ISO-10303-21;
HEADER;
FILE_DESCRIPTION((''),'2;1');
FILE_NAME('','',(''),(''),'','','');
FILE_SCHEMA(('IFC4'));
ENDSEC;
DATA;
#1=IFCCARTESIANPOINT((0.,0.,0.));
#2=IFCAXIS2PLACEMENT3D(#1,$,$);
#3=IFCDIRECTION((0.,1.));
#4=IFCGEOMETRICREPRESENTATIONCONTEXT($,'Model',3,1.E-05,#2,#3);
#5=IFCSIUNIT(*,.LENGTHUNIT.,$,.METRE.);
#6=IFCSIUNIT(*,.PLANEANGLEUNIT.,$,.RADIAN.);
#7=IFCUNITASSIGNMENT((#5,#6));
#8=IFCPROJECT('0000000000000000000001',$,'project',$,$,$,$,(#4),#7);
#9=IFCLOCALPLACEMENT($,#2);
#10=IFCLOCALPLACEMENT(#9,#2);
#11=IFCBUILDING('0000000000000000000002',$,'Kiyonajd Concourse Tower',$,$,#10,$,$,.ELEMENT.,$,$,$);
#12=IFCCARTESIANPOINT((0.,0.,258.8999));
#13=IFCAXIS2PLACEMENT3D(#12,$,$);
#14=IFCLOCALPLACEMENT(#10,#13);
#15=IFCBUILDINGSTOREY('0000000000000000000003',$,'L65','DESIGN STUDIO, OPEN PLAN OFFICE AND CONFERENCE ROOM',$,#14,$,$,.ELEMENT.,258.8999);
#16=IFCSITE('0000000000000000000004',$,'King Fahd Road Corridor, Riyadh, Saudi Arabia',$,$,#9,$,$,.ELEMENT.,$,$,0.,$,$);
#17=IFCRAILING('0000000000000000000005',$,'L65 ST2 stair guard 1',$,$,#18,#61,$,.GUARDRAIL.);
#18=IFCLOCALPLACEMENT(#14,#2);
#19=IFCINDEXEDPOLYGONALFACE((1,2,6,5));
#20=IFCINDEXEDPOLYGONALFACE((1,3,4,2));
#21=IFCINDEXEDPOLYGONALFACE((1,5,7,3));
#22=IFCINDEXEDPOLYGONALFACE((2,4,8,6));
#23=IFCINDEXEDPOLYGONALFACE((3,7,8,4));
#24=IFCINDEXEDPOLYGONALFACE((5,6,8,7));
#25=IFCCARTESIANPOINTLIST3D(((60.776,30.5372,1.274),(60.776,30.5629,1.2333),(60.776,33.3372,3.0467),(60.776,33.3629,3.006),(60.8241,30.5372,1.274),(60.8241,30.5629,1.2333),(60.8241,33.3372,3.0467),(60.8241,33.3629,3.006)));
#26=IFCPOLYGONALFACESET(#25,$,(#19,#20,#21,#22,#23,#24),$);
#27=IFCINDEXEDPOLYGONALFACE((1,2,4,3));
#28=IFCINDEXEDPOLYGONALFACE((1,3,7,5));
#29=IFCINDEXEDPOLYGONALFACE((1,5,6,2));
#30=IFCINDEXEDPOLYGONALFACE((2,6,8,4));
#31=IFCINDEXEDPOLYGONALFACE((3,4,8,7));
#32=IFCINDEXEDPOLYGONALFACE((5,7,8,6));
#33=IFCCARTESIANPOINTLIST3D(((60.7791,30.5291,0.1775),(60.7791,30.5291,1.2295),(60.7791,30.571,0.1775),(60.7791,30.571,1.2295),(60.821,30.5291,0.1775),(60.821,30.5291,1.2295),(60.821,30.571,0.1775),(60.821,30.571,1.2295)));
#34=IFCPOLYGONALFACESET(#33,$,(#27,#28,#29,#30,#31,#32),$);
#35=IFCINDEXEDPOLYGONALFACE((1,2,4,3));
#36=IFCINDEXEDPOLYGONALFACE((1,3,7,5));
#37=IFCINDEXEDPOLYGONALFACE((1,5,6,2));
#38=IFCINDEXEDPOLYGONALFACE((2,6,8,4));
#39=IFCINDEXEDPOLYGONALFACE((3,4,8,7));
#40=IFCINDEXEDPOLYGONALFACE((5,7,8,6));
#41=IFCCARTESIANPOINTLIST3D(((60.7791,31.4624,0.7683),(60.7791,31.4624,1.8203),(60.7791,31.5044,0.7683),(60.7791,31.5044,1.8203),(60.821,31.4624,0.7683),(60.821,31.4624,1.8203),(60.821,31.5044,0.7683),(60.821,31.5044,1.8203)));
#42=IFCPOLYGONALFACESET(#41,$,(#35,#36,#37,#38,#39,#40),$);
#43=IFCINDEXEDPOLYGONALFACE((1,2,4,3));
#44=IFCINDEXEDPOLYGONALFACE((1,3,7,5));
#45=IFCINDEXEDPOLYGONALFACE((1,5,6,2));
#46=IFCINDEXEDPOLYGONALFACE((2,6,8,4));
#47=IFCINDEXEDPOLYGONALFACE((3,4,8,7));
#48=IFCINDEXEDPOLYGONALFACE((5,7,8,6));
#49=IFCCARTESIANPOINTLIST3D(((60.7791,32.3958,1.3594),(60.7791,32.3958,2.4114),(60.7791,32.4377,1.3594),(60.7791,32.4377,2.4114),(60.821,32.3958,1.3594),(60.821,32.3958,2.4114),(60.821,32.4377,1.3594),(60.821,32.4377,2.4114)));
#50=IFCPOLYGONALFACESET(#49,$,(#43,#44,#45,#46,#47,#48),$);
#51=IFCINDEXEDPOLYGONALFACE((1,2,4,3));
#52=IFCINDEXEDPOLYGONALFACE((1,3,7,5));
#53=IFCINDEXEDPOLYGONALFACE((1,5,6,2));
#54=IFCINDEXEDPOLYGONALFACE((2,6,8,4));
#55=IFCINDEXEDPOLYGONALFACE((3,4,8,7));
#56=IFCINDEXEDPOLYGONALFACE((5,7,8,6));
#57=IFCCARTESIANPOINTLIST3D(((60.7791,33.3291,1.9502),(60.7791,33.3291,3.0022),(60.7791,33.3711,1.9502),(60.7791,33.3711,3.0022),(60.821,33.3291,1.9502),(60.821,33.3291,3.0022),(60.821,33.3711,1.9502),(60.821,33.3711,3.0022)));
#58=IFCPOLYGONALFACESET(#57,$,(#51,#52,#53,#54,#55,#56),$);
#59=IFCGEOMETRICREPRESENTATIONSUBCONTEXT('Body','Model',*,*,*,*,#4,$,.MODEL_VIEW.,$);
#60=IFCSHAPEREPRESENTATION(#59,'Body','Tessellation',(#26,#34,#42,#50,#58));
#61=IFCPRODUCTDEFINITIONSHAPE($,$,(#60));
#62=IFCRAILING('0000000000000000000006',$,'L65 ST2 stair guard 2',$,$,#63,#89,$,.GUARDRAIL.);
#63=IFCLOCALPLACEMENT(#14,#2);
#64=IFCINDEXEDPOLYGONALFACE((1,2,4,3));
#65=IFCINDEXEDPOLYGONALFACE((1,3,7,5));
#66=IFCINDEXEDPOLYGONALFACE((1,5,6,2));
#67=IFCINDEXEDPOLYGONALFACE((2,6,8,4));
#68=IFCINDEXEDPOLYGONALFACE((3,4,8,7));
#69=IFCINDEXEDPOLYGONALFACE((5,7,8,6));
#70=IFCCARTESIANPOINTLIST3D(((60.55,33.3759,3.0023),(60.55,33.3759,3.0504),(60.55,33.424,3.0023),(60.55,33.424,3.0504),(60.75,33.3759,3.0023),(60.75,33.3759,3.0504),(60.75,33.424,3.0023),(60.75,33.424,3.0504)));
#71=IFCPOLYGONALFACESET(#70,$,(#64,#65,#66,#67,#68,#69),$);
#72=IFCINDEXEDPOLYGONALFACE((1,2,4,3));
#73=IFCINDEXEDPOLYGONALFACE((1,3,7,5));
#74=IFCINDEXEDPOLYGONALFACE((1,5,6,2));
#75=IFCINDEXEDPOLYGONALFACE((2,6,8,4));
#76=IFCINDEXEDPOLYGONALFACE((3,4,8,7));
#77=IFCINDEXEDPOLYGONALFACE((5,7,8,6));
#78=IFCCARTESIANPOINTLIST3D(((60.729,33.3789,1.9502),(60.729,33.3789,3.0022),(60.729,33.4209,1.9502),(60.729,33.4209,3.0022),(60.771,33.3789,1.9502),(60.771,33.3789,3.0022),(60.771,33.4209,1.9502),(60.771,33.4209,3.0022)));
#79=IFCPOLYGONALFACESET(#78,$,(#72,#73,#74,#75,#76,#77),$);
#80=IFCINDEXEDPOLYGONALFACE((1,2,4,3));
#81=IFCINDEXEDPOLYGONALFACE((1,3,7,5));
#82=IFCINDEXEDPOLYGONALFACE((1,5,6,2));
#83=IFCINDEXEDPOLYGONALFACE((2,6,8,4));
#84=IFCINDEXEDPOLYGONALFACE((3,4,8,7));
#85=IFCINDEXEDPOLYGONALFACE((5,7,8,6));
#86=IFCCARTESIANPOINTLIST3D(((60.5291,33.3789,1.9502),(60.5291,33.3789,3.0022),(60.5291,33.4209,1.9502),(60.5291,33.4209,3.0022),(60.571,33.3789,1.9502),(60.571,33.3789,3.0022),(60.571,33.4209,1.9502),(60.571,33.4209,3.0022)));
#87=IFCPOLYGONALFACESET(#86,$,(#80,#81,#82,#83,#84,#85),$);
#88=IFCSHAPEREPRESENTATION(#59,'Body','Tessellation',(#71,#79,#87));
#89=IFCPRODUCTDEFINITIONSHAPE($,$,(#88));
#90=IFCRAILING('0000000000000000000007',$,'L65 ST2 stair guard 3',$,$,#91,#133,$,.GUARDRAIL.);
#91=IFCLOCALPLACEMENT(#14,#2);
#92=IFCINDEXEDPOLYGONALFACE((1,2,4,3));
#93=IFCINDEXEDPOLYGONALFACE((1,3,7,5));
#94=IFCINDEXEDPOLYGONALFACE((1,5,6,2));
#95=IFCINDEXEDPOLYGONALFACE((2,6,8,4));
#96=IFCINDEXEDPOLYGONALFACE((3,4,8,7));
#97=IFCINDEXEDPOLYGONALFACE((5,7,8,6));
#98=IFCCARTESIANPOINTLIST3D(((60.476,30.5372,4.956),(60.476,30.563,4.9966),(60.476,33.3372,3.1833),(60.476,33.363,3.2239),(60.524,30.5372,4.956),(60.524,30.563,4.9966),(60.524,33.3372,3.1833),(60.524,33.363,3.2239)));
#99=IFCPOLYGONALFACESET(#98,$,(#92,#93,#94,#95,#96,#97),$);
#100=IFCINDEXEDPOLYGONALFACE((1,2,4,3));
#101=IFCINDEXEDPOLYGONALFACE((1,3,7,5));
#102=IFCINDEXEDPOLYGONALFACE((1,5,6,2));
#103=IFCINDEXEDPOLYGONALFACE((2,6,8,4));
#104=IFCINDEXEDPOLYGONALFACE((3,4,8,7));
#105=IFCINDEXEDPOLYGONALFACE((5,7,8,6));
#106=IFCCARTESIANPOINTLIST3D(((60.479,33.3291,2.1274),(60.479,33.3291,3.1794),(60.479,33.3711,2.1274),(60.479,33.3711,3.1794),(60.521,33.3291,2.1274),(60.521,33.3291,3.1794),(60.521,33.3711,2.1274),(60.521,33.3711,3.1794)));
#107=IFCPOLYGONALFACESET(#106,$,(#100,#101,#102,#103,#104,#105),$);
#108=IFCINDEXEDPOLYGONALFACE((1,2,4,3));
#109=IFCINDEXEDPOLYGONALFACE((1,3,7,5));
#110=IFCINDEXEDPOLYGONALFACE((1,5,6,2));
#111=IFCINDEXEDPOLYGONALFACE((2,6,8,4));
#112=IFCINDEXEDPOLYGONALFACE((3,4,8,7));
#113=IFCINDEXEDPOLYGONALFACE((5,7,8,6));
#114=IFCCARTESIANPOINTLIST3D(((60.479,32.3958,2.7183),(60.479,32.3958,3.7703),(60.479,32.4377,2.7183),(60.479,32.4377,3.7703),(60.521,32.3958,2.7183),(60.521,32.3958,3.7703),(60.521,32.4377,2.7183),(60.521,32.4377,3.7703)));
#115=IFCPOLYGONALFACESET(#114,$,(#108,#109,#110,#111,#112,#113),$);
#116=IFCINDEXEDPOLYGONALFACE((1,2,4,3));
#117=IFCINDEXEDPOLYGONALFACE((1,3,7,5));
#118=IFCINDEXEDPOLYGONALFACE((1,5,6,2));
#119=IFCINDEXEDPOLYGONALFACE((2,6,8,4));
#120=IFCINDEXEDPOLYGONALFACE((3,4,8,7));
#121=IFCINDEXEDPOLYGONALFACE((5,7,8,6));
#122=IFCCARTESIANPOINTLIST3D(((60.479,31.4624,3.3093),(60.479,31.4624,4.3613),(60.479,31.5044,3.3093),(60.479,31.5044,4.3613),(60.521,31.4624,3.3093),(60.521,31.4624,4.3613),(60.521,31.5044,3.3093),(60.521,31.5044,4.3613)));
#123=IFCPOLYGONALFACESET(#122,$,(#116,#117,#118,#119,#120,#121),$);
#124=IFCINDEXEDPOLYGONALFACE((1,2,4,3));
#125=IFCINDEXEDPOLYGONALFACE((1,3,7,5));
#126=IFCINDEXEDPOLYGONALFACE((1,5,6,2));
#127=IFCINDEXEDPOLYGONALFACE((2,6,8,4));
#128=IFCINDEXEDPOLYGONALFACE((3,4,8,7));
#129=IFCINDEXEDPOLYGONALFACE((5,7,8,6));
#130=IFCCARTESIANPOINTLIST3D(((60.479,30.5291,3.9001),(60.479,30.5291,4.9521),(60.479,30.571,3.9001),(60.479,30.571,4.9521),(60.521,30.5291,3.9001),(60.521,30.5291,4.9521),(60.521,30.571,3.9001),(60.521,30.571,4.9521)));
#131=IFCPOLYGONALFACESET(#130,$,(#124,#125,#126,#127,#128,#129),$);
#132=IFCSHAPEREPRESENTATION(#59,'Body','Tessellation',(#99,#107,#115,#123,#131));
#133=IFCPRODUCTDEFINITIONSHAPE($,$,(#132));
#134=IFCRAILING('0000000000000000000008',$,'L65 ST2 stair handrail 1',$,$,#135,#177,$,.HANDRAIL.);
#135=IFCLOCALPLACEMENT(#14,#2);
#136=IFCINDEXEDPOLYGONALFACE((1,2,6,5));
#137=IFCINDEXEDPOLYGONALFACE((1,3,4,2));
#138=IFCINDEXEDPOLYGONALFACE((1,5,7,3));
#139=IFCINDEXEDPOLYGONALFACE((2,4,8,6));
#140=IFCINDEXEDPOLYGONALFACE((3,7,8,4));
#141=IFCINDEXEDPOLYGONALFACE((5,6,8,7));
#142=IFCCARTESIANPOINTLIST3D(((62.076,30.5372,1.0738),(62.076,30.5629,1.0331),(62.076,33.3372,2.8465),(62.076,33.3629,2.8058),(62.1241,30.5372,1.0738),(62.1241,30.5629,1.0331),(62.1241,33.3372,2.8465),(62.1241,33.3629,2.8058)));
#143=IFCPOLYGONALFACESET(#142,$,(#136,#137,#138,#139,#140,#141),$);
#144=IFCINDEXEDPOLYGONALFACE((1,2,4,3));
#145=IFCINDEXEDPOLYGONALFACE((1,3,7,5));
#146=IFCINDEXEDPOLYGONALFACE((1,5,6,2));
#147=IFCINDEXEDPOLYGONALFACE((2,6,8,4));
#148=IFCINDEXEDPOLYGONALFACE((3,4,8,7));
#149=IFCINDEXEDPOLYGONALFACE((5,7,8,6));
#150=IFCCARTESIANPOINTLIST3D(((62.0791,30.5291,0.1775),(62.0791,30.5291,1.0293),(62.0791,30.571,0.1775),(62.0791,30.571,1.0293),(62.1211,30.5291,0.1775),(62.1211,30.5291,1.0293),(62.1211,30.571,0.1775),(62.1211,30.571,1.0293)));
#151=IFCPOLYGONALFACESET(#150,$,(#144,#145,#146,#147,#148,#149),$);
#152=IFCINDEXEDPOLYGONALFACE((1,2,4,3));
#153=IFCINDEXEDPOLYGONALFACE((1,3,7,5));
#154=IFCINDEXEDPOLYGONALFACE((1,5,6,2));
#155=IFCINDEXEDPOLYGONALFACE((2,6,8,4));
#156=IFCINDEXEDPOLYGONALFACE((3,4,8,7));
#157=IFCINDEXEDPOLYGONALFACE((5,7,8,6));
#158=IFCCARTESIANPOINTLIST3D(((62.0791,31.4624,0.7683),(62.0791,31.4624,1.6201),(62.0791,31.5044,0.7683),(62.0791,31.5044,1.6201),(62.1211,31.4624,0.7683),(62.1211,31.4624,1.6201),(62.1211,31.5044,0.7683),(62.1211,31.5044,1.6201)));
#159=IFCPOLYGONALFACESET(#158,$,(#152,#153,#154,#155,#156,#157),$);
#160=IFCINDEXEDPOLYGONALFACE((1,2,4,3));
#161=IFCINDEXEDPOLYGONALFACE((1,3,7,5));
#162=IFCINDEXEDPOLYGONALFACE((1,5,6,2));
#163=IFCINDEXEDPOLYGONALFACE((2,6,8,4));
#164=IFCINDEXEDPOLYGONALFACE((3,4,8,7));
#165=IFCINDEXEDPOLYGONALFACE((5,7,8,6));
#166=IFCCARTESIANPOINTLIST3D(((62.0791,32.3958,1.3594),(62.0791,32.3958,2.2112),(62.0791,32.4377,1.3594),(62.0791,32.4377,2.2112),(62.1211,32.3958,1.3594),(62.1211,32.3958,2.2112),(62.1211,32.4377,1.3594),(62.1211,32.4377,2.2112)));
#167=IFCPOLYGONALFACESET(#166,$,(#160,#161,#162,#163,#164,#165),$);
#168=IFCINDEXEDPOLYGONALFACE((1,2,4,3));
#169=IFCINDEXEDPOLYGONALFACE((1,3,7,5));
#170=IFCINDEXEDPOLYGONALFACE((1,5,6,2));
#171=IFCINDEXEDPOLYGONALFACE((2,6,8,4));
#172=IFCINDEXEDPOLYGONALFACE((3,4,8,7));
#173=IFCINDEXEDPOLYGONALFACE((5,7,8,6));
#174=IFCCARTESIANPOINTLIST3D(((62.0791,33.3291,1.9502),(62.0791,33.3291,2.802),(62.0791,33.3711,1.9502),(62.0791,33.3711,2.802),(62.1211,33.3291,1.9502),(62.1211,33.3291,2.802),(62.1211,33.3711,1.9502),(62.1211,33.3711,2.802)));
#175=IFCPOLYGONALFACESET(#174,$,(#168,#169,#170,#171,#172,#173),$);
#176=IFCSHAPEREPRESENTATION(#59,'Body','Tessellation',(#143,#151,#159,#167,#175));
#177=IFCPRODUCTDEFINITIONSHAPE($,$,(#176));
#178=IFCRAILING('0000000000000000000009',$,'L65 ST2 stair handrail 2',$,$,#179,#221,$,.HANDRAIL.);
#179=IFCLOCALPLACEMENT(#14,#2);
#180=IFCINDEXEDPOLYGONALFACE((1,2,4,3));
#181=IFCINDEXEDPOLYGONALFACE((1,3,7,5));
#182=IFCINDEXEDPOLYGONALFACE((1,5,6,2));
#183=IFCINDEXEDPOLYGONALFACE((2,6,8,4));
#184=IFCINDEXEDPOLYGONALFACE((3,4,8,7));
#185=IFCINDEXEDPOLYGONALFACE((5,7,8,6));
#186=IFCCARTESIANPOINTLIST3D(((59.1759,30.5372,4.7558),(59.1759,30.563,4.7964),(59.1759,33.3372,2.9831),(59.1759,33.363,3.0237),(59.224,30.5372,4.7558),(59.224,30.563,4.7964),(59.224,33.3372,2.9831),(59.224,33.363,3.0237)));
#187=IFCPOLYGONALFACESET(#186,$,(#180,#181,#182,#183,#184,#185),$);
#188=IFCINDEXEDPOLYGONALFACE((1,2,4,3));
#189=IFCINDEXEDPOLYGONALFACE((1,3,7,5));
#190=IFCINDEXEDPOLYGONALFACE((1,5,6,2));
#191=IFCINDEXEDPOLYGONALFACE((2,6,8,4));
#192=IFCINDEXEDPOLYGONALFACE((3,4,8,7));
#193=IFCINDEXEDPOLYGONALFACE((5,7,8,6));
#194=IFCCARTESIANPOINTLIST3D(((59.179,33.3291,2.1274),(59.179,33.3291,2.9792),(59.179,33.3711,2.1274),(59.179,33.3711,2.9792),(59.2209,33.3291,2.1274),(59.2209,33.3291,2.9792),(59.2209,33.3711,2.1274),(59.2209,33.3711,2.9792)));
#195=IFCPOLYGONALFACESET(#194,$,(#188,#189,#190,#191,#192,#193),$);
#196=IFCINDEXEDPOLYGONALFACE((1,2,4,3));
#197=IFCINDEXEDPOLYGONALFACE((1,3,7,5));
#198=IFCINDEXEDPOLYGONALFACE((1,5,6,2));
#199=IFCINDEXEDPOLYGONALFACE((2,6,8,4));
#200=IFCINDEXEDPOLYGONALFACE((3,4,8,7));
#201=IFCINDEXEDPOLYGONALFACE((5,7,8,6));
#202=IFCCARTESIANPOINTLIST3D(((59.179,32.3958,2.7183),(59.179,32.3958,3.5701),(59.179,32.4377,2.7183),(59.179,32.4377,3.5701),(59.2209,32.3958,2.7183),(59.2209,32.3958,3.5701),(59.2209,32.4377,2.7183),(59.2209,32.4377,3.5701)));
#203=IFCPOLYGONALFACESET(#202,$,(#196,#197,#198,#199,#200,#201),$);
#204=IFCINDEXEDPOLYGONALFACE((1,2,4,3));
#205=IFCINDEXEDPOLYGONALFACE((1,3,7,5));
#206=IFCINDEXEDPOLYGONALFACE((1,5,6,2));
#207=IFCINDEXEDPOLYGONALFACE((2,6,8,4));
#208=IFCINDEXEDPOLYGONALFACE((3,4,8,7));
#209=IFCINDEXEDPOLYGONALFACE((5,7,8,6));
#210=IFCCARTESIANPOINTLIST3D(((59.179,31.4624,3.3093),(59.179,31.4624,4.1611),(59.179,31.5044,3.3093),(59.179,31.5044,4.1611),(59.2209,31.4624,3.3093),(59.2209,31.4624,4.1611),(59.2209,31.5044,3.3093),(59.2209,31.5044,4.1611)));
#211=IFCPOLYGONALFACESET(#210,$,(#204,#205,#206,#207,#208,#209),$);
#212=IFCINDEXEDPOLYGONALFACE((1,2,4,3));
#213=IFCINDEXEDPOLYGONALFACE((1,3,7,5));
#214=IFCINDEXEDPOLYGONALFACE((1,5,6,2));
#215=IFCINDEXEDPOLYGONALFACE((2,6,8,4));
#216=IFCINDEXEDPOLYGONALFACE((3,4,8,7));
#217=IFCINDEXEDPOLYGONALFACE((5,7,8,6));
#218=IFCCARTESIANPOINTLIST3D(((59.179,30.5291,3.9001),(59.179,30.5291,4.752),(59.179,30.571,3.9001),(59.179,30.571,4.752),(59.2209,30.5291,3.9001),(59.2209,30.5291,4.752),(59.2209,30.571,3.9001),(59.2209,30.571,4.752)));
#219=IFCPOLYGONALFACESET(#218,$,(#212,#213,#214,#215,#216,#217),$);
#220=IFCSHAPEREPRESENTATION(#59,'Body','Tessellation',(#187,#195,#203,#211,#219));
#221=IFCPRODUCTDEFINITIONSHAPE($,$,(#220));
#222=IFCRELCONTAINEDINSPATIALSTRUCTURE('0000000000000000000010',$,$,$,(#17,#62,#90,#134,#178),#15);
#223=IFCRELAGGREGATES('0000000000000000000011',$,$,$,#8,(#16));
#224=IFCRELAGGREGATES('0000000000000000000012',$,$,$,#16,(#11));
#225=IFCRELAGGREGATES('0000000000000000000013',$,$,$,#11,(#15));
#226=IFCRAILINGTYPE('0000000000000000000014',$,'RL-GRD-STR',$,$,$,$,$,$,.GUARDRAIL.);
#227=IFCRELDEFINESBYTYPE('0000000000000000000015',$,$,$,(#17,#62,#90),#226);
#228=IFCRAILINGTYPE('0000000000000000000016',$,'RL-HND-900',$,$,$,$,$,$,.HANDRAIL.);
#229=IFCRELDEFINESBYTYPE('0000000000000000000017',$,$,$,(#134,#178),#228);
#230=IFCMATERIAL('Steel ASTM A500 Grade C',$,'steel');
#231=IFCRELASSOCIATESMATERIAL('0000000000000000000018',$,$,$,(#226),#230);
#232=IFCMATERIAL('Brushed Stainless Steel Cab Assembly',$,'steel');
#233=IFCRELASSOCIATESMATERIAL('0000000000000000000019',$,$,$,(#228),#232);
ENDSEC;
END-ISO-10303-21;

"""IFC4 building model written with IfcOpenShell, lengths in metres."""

from ifc_helpers import new_model, si_unit, direction, frame, origin, origin_2d, place, context, subcontext, project, spatial, rectangle, extrude, material, type_object, element, save


model = new_model("IFC4")

# Units and contexts
model_context = context("Model", 3, precision=1e-05, world=origin(), true_north=direction((0.0, 1.0)))
body_context = subcontext(model_context, "Body", "Model", "MODEL_VIEW")
ifc_project = project(units=[si_unit("LENGTHUNIT", "METRE"), si_unit("PLANEANGLEUNIT", "RADIAN")], contexts=[model_context])

# Site, building, storey
site_placement = place(None, origin())
site = spatial("IfcSite", under=ifc_project, at=site_placement, Name="King Fahd Road Corridor, Riyadh, Saudi Arabia", CompositionType="ELEMENT", RefElevation=0.0)
building_placement = place(site_placement, origin())
building = spatial("IfcBuilding", under=site, at=building_placement, Name="Kiyonajd Concourse Tower", CompositionType="ELEMENT")
storey_placement = place(building_placement, frame((0.0, 0.0, 258.8999)))
storey = spatial("IfcBuildingStorey", under=building, at=storey_placement, Name="L65", Description="DESIGN STUDIO, OPEN PLAN OFFICE AND CONFERENCE ROOM", CompositionType="ELEMENT", Elevation=258.8999)

# Railings
ifc_material_1 = material(Name="Steel ASTM A500 Grade C", Category="steel")
railing_type_1 = type_object("IfcRailingType", Name="RL-GRD-STR", PredefinedType="GUARDRAIL", material=ifc_material_1)
railing_1_placement = place(storey_placement, frame((60.8, 30.55, 0.1775)))
element("IfcRailing", 1, at=railing_1_placement, inside=storey, type_object=railing_type_1, Name="L65 ST2 stair guard 1", PredefinedType="GUARDRAIL", context=body_context, shape_type="SweptSolid", body=[
    extrude(rectangle(XDim=0.0481, YDim=0.0481, at=origin_2d()), frame((0.0, 0.0, 1.0762), z_axis=(0.0, 0.844909, 0.53491), x_axis=(-1.0, 0.0, 0.0)), (0.0, 0.0, 1.0), 3.314),
    extrude(rectangle(XDim=0.042, YDim=0.042, at=origin_2d()), origin(), (0.0, 0.0, 1.0), 1.052),
    extrude(rectangle(XDim=0.042, YDim=0.042, at=origin_2d()), frame((0.0, 0.9333, 0.5908)), (0.0, 0.0, 1.0), 1.052),
    extrude(rectangle(XDim=0.042, YDim=0.042, at=origin_2d()), frame((0.0, 1.8667, 1.1819)), (0.0, 0.0, 1.0), 1.052),
    extrude(rectangle(XDim=0.042, YDim=0.042, at=origin_2d()), frame((0.0, 2.8, 1.7727)), (0.0, 0.0, 1.0), 1.052),
])
railing_2_placement = place(storey_placement, frame((60.75, 33.3999, 1.9502)))
element("IfcRailing", 2, at=railing_2_placement, inside=storey, type_object=railing_type_1, Name="L65 ST2 stair guard 2", PredefinedType="GUARDRAIL", context=body_context, shape_type="SweptSolid", body=[
    extrude(rectangle(XDim=0.0481, YDim=0.0481, at=origin_2d()), frame((0.0, 0.0, 1.0762), z_axis=(-1.0, 0.0, 0.0), x_axis=(0.0, -1.0, 0.0)), (0.0, 0.0, 1.0), 0.2),
    extrude(rectangle(XDim=0.042, YDim=0.042, at=origin_2d()), origin(), (0.0, 0.0, 1.0), 1.052),
    extrude(rectangle(XDim=0.042, YDim=0.042, at=origin_2d()), frame((-0.2, 0.0, 0.0)), (0.0, 0.0, 1.0), 1.052),
])
railing_3_placement = place(storey_placement, frame((60.5, 33.3501, 2.1274)))
element("IfcRailing", 3, at=railing_3_placement, inside=storey, type_object=railing_type_1, Name="L65 ST2 stair guard 3", PredefinedType="GUARDRAIL", context=body_context, shape_type="SweptSolid", body=[
    extrude(rectangle(XDim=0.0481, YDim=0.0481, at=origin_2d()), frame((0.0, 0.0, 1.0762), z_axis=(0.0, -0.844909, 0.53491), x_axis=(1.0, 0.0, 0.0)), (0.0, 0.0, 1.0), 3.314),
    extrude(rectangle(XDim=0.042, YDim=0.042, at=origin_2d()), origin(), (0.0, 0.0, 1.0), 1.052),
    extrude(rectangle(XDim=0.042, YDim=0.042, at=origin_2d()), frame((0.0, -0.9333, 0.5908)), (0.0, 0.0, 1.0), 1.052),
    extrude(rectangle(XDim=0.042, YDim=0.042, at=origin_2d()), frame((0.0, -1.8667, 1.1819)), (0.0, 0.0, 1.0), 1.052),
    extrude(rectangle(XDim=0.042, YDim=0.042, at=origin_2d()), frame((0.0, -2.8, 1.7727)), (0.0, 0.0, 1.0), 1.052),
])
ifc_material_2 = material(Name="Brushed Stainless Steel Cab Assembly", Category="steel")
railing_type_2 = type_object("IfcRailingType", Name="RL-HND-900", PredefinedType="HANDRAIL", material=ifc_material_2)
railing_4_placement = place(storey_placement, frame((62.1001, 30.55, 0.1775)))
element("IfcRailing", 4, at=railing_4_placement, inside=storey, type_object=railing_type_2, Name="L65 ST2 stair handrail 1", PredefinedType="HANDRAIL", context=body_context, shape_type="SweptSolid", body=[
    extrude(rectangle(XDim=0.0481, YDim=0.0481, at=origin_2d()), frame((0.0, 0.0, 0.876), z_axis=(0.0, 0.844909, 0.53491), x_axis=(-1.0, 0.0, 0.0)), (0.0, 0.0, 1.0), 3.314),
    extrude(rectangle(XDim=0.042, YDim=0.042, at=origin_2d()), origin(), (0.0, 0.0, 1.0), 0.8518),
    extrude(rectangle(XDim=0.042, YDim=0.042, at=origin_2d()), frame((0.0, 0.9333, 0.5908)), (0.0, 0.0, 1.0), 0.8518),
    extrude(rectangle(XDim=0.042, YDim=0.042, at=origin_2d()), frame((0.0, 1.8667, 1.1819)), (0.0, 0.0, 1.0), 0.8518),
    extrude(rectangle(XDim=0.042, YDim=0.042, at=origin_2d()), frame((0.0, 2.8, 1.7727)), (0.0, 0.0, 1.0), 0.8518),
])
railing_5_placement = place(storey_placement, frame((59.2, 33.3501, 2.1274)))
element("IfcRailing", 5, at=railing_5_placement, inside=storey, type_object=railing_type_2, Name="L65 ST2 stair handrail 2", PredefinedType="HANDRAIL", context=body_context, shape_type="SweptSolid", body=[
    extrude(rectangle(XDim=0.0481, YDim=0.0481, at=origin_2d()), frame((0.0, 0.0, 0.876), z_axis=(0.0, -0.844909, 0.53491), x_axis=(1.0, 0.0, 0.0)), (0.0, 0.0, 1.0), 3.314),
    extrude(rectangle(XDim=0.042, YDim=0.042, at=origin_2d()), origin(), (0.0, 0.0, 1.0), 0.8518),
    extrude(rectangle(XDim=0.042, YDim=0.042, at=origin_2d()), frame((0.0, -0.9333, 0.5908)), (0.0, 0.0, 1.0), 0.8518),
    extrude(rectangle(XDim=0.042, YDim=0.042, at=origin_2d()), frame((0.0, -1.8667, 1.1819)), (0.0, 0.0, 1.0), 0.8518),
    extrude(rectangle(XDim=0.042, YDim=0.042, at=origin_2d()), frame((0.0, -2.8, 1.7727)), (0.0, 0.0, 1.0), 0.8518),
])

save(model, "model.ifc")
